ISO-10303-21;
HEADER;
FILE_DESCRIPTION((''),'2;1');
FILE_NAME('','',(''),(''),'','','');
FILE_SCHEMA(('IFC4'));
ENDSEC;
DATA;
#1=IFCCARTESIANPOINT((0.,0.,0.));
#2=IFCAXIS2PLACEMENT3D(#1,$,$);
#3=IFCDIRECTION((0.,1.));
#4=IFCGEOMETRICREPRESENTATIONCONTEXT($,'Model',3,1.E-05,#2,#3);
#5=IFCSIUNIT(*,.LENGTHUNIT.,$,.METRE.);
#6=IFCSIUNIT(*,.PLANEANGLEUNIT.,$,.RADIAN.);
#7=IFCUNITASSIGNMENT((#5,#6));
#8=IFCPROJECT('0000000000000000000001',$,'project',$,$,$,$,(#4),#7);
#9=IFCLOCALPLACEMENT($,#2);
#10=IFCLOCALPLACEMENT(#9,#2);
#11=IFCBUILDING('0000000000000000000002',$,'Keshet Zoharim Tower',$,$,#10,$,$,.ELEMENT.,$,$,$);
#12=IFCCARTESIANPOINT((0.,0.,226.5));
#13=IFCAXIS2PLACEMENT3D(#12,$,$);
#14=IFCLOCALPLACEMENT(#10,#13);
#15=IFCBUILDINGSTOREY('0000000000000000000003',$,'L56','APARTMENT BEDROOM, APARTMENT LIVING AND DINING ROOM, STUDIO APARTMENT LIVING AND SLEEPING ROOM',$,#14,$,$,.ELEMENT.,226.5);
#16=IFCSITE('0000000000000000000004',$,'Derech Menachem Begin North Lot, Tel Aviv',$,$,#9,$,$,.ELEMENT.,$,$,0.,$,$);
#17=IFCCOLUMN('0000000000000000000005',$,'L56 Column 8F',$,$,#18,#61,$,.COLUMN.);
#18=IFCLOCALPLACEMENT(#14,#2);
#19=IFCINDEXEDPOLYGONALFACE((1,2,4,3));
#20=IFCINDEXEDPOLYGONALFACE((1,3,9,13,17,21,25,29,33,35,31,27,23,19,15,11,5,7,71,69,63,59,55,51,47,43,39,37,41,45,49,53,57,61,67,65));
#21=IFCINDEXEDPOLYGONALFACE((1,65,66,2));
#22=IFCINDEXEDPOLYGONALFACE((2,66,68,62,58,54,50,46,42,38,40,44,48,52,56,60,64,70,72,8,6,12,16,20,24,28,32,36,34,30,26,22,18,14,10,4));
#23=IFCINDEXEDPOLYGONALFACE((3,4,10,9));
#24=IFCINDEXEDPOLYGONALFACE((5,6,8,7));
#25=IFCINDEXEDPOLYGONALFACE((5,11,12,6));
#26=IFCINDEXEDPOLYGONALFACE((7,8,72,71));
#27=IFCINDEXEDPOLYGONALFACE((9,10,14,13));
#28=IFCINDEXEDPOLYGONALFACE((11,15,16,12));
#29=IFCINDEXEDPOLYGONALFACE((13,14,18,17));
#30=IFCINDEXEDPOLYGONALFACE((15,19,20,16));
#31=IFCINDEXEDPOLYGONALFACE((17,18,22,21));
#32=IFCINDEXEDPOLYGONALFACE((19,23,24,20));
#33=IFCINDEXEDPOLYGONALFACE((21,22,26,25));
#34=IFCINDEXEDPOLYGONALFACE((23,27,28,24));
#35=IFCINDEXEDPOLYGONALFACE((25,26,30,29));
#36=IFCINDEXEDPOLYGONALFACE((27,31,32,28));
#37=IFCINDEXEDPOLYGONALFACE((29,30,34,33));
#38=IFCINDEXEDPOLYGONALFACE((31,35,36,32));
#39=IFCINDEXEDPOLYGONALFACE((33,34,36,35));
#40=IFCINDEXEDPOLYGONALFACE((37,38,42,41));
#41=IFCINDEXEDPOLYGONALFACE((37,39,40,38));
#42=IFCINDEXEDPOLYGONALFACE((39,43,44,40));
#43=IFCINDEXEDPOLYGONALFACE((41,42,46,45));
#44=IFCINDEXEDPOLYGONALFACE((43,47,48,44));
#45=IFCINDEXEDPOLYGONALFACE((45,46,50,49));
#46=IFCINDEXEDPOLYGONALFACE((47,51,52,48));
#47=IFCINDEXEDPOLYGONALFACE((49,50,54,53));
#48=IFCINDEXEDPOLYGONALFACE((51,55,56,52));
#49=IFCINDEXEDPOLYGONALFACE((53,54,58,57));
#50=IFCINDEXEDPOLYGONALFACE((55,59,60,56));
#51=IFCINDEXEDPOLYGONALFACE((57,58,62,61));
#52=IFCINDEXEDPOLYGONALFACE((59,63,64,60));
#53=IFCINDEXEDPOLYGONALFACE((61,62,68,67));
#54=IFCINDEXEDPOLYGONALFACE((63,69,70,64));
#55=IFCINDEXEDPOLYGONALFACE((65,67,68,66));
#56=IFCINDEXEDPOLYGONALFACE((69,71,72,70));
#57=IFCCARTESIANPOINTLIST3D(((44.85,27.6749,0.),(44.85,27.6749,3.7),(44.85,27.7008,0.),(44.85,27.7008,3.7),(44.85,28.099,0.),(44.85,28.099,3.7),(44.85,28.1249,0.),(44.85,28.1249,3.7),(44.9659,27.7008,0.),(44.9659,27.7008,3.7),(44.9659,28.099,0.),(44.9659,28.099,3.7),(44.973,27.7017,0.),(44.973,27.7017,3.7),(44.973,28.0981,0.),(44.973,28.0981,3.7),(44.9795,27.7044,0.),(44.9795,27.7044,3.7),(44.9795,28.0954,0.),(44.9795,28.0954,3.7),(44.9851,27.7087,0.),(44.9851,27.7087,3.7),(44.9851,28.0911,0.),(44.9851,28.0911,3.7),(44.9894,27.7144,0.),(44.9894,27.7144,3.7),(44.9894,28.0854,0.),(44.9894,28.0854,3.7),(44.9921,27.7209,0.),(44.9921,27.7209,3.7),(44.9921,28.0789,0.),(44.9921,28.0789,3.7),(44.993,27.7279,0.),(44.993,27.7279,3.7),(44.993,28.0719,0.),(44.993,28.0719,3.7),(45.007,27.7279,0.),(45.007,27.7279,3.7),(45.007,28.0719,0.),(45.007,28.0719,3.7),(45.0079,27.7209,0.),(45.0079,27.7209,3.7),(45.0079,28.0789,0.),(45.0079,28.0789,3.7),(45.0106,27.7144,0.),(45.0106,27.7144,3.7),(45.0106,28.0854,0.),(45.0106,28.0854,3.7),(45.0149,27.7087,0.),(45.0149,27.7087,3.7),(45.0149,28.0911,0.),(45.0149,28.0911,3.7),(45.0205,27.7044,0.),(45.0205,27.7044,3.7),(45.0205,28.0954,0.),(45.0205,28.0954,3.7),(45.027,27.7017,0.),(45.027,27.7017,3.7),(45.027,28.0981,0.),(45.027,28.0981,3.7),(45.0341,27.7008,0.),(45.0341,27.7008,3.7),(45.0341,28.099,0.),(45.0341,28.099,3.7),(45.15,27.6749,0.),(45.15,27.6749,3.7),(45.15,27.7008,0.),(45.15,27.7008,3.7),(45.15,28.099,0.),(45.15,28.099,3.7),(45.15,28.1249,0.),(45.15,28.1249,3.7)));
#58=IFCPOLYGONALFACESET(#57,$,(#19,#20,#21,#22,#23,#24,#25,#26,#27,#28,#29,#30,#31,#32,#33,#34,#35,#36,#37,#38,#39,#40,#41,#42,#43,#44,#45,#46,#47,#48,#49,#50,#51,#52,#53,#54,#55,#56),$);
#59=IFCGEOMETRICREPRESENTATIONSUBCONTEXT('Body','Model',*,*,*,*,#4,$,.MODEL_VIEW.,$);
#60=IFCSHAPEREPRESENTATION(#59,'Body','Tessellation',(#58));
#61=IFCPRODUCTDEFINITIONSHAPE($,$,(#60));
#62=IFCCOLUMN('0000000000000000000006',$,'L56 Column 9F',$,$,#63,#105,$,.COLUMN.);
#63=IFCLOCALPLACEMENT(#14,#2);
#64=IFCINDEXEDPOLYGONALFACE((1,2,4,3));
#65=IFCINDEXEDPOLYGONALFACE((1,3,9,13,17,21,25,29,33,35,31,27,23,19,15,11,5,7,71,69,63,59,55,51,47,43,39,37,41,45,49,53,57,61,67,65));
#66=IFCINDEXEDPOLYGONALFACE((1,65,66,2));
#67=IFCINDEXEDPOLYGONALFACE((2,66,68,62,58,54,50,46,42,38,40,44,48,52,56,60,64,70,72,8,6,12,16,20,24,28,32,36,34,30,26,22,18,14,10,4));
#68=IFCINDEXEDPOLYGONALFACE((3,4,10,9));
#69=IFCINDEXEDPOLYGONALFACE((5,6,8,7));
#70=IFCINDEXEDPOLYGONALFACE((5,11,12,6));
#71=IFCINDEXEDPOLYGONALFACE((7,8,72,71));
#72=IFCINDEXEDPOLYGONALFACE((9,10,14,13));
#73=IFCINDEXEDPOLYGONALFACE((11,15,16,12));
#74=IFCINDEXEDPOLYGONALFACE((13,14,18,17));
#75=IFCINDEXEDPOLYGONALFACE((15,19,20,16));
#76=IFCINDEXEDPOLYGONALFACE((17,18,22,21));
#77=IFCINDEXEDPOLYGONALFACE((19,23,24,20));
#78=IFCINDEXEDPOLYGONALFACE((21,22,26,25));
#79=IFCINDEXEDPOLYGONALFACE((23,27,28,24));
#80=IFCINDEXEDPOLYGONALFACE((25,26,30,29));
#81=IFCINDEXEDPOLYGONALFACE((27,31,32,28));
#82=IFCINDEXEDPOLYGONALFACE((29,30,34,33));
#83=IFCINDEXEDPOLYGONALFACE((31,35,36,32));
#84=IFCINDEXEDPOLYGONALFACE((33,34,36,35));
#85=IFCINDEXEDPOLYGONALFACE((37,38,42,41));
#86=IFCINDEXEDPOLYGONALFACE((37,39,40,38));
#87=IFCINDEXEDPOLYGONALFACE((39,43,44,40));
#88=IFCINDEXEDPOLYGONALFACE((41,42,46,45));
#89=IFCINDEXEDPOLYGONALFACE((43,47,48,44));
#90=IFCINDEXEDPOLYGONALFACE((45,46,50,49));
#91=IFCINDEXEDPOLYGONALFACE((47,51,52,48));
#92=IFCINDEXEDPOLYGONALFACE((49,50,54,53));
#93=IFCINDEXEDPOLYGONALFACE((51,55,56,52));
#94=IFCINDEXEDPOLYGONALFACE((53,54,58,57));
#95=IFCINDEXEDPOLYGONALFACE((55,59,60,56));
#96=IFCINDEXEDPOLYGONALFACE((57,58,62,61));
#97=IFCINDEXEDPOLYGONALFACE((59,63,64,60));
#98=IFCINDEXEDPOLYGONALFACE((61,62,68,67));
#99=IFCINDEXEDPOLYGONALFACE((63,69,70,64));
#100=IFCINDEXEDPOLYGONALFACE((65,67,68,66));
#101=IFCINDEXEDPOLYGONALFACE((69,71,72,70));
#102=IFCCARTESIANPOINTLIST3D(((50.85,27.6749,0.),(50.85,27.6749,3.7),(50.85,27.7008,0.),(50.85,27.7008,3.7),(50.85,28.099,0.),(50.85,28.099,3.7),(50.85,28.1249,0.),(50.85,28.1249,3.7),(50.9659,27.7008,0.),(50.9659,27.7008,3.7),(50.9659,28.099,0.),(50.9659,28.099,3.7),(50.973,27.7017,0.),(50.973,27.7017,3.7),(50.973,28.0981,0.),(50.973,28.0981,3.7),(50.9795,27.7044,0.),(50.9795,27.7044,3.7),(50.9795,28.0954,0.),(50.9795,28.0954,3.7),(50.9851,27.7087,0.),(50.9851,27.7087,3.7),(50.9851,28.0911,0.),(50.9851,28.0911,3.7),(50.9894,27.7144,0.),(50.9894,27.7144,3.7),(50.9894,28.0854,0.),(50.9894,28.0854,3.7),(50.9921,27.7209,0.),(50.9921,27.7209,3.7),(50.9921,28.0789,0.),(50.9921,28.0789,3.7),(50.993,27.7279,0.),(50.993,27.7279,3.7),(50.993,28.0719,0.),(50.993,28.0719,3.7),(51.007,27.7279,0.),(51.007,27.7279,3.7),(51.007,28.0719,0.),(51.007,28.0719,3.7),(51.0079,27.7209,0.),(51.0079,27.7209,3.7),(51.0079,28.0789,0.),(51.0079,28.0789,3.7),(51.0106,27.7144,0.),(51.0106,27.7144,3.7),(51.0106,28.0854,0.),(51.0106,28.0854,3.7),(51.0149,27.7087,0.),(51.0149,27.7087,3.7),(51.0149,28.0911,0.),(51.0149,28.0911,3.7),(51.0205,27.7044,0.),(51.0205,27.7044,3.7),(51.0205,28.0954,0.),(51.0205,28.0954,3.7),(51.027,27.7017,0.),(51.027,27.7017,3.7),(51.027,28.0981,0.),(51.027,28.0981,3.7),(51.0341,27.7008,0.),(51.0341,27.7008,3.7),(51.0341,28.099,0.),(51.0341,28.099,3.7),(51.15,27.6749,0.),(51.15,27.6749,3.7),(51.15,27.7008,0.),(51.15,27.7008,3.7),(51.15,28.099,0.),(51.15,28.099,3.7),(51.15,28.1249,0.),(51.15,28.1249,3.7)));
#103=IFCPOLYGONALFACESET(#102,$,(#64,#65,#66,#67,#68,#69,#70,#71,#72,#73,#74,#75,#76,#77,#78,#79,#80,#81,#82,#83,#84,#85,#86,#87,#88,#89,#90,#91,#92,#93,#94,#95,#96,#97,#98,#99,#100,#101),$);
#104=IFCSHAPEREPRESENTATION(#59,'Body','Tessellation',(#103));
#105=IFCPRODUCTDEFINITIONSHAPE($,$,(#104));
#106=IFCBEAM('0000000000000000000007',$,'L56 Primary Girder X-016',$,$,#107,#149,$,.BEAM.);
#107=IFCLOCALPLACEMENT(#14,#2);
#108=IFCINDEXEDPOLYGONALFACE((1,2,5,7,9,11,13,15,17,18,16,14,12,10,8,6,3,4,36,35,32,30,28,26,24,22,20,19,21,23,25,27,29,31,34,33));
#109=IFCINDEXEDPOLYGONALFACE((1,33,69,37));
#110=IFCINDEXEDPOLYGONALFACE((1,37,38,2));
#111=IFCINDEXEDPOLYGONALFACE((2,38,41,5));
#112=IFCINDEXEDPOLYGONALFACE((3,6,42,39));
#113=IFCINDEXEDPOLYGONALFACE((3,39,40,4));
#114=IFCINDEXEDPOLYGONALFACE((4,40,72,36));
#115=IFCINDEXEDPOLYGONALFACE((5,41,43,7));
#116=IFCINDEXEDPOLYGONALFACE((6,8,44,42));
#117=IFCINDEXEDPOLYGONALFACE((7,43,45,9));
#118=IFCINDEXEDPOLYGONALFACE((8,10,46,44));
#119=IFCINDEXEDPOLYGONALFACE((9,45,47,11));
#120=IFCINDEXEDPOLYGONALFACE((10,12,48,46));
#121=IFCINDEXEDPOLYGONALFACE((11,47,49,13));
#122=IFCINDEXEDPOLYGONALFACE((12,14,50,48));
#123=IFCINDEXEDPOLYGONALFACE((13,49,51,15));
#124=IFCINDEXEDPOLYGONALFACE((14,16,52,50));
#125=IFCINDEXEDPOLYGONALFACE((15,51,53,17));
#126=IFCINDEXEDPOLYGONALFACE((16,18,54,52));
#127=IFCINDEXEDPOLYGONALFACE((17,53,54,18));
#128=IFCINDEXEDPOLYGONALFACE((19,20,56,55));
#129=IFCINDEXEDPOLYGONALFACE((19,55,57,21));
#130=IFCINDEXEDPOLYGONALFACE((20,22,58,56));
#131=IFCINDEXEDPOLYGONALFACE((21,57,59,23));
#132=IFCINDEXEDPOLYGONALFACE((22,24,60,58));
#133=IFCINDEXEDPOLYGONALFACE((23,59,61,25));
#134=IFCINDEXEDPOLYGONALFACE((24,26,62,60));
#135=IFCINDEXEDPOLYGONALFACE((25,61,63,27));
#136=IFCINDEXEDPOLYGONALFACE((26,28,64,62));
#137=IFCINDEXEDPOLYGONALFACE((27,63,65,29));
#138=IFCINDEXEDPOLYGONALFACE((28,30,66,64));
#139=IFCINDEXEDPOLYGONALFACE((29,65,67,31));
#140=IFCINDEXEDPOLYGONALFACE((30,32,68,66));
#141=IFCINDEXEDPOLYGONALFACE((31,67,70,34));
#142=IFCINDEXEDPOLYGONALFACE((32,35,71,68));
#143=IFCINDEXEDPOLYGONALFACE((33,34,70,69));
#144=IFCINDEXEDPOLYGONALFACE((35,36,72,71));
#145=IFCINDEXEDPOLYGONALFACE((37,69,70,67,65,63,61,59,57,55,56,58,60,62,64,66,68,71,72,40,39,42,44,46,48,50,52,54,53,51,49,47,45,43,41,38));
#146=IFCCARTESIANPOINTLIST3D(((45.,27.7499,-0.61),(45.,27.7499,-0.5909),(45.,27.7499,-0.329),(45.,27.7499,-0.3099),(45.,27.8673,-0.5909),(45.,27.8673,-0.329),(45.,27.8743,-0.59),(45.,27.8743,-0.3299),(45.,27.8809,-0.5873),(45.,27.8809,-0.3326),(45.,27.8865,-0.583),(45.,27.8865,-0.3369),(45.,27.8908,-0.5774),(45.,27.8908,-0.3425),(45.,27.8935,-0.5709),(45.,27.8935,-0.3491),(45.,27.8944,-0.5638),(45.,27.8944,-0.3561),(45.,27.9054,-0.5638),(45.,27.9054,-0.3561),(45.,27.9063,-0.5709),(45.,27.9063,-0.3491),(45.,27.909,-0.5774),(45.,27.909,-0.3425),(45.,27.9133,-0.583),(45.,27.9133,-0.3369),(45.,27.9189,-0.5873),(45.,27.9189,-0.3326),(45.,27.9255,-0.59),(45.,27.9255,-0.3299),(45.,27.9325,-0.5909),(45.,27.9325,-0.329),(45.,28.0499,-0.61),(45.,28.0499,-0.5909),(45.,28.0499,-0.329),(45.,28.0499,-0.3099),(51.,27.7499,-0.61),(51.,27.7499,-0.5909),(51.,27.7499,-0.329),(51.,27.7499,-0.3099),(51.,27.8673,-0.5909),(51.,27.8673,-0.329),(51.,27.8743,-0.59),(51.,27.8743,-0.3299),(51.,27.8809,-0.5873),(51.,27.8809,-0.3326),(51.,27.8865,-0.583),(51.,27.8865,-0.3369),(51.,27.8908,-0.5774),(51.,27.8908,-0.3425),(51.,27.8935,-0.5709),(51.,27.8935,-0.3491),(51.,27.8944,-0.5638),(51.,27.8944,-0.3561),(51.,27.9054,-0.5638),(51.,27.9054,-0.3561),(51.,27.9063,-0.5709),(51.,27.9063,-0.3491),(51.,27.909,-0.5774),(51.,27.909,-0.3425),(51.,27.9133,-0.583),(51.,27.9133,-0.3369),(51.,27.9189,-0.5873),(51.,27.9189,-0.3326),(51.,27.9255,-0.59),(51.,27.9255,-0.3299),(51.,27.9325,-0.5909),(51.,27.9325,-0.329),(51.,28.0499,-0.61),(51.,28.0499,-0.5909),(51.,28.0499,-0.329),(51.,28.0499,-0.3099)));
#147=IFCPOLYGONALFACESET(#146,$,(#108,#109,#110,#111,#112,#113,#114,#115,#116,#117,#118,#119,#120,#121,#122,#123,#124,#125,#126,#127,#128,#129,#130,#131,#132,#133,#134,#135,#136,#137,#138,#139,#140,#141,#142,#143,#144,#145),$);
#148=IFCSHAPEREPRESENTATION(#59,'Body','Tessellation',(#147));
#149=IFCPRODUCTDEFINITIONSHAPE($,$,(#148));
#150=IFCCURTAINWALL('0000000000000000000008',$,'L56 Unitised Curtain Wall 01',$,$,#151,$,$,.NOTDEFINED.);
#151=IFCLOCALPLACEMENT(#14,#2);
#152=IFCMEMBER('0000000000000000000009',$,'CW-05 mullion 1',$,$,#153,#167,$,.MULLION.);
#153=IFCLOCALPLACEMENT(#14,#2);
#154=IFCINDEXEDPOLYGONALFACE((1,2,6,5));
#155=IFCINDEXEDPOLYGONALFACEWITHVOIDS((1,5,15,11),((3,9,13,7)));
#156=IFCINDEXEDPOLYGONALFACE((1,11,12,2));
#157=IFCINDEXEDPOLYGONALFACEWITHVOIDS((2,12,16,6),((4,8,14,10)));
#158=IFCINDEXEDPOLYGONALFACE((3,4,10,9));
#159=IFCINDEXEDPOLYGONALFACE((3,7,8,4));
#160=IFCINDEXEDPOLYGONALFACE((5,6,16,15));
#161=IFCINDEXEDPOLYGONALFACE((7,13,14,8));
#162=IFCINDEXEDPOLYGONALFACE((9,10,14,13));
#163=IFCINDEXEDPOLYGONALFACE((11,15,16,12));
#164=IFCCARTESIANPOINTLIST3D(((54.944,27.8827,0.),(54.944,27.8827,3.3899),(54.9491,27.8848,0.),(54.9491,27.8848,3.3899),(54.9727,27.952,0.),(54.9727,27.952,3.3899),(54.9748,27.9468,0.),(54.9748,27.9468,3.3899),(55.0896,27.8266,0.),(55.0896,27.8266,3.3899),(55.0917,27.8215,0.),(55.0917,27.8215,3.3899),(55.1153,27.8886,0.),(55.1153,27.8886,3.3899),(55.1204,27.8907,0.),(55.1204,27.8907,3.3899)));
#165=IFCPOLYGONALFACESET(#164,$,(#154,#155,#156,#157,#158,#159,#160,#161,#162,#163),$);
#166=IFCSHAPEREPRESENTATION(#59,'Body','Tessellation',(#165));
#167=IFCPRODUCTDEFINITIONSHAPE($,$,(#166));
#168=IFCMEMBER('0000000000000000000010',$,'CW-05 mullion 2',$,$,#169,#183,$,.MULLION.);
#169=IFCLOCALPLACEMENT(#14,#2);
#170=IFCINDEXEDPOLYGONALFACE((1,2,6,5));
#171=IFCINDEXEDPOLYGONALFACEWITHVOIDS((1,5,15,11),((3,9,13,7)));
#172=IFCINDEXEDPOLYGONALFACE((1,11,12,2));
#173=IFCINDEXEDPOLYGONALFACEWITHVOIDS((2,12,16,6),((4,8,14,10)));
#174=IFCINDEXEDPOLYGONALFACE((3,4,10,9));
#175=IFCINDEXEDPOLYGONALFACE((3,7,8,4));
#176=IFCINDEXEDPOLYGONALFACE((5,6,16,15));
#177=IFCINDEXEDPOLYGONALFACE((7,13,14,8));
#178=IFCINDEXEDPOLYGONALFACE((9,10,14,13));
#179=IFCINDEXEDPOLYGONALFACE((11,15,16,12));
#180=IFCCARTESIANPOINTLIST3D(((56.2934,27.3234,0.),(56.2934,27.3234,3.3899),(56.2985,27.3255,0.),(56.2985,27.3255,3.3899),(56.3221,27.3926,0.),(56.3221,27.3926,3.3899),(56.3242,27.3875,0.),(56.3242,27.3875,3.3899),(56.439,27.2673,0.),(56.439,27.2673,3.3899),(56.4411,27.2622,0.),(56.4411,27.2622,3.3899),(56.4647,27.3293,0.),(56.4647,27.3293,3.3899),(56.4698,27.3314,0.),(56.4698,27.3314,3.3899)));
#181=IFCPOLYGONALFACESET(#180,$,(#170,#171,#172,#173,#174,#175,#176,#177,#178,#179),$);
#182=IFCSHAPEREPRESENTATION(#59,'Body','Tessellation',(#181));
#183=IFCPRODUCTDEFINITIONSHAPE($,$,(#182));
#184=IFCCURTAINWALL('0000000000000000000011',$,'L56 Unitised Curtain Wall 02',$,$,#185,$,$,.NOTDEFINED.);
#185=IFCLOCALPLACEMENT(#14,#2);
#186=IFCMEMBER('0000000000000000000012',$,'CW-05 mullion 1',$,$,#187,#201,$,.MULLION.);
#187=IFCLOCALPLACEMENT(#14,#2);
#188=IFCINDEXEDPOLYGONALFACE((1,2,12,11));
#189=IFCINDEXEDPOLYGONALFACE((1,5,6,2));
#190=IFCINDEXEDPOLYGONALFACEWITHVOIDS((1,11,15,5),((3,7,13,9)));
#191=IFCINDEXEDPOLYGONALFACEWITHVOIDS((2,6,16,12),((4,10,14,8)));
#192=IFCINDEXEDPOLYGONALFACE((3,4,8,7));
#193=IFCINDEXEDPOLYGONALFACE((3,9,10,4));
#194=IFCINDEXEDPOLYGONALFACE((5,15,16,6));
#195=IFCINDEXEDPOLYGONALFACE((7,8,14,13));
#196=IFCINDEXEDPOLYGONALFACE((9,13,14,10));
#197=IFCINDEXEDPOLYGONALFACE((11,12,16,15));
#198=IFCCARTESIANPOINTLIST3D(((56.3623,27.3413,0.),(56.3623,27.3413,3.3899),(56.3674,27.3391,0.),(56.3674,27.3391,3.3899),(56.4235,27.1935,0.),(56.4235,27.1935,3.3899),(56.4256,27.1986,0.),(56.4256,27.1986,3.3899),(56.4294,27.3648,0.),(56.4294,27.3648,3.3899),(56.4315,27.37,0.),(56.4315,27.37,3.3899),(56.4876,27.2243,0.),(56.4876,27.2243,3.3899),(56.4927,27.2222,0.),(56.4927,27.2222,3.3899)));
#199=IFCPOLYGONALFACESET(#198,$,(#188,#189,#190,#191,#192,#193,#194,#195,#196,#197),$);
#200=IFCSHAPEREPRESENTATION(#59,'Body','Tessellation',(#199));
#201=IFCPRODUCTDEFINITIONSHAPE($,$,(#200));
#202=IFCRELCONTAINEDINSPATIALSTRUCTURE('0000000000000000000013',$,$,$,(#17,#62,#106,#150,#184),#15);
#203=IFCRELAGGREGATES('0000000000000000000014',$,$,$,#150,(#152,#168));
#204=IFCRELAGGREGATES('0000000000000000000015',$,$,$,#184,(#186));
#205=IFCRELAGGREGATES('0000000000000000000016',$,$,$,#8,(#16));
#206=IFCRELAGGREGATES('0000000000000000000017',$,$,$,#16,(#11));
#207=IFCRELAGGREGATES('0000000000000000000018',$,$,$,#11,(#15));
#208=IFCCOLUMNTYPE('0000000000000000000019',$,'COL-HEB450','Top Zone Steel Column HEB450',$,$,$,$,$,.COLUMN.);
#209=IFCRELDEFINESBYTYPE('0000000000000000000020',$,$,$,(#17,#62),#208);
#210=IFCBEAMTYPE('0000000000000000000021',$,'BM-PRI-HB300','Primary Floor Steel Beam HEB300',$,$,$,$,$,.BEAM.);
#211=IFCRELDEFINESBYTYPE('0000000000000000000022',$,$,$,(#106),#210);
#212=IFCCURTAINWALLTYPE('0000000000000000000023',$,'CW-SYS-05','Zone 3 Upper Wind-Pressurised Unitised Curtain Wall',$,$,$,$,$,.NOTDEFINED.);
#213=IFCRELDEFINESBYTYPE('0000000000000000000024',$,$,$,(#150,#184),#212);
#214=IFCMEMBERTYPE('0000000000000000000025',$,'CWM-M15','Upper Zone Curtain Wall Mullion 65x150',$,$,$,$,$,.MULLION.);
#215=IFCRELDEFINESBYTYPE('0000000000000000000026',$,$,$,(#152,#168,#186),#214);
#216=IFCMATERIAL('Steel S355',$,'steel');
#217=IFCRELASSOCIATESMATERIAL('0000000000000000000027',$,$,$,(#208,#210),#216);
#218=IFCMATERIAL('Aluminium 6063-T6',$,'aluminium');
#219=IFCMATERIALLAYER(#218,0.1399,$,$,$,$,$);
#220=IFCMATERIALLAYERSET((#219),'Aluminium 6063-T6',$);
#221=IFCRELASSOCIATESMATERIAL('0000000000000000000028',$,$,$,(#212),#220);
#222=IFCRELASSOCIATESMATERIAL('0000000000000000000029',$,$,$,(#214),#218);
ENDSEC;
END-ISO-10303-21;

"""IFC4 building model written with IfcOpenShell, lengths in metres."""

from ifc_helpers import new_model, si_unit, direction, frame, origin, origin_2d, place, context, subcontext, project, spatial, hollow_rectangle, i_section, extrude, material, layer, layer_set, material_profile, profile_set, type_object, element, aggregate, save


model = new_model("IFC4")

# Units and contexts
model_context = context("Model", 3, precision=1e-05, world=origin(), true_north=direction((0.0, 1.0)))
body_context = subcontext(model_context, "Body", "Model", "MODEL_VIEW")
ifc_project = project(units=[si_unit("LENGTHUNIT", "METRE"), si_unit("PLANEANGLEUNIT", "RADIAN")], contexts=[model_context])

# Site, building, storey
site_placement = place(None, origin())
site = spatial("IfcSite", under=ifc_project, at=site_placement, Name="Derech Menachem Begin North Lot, Tel Aviv", CompositionType="ELEMENT", RefElevation=0.0)
building_placement = place(site_placement, origin())
building = spatial("IfcBuilding", under=site, at=building_placement, Name="Keshet Zoharim Tower", CompositionType="ELEMENT")
storey_placement = place(building_placement, frame((0.0, 0.0, 226.5)))
storey = spatial("IfcBuildingStorey", under=building, at=storey_placement, Name="L56", Description="APARTMENT BEDROOM, APARTMENT LIVING AND DINING ROOM, STUDIO APARTMENT LIVING AND SLEEPING ROOM", CompositionType="ELEMENT", Elevation=226.5)

# Columns
ifc_material_1 = material(Name="Steel S355", Category="steel")
ifc_material_profile_1 = material_profile(ifc_material_1, i_section(OverallWidth=0.3, OverallDepth=0.45, WebThickness=0.0139, FlangeThickness=0.0259, FilletRadius=0.0271, at=origin_2d()), Name="HEB450")
ifc_profile_set_1 = profile_set([ifc_material_profile_1], Name="Steel S355")
column_type = type_object("IfcColumnType", Name="COL-HEB450", Description="Top Zone Steel Column HEB450", PredefinedType="COLUMN", material=ifc_profile_set_1)
for number, where, z_axis, x_axis, name in (
    (1, (45.0, 27.8999, 0.0), (0.0, 0.0, 1.0), (1.0, 0.0, 0.0), "L56 Column 8F"),
    (2, (51.0, 27.8999, 0.0), (0.0, 0.0, 1.0), (1.0, 0.0, 0.0), "L56 Column 9F"),
):
    element("IfcColumn", number, at=place(storey_placement, frame(where, z_axis=z_axis, x_axis=x_axis)), inside=storey, type_object=column_type, Name=name, PredefinedType="COLUMN", context=body_context, shape_type="SweptSolid", body=[
        extrude(i_section(OverallWidth=0.3, OverallDepth=0.45, WebThickness=0.0139, FlangeThickness=0.0259, FilletRadius=0.0271, at=origin_2d()), origin(), (0.0, 0.0, 1.0), 3.7),
    ])

# Beam
ifc_material_profile_2 = material_profile(ifc_material_1, i_section(OverallWidth=0.3, OverallDepth=0.3, WebThickness=0.011, FlangeThickness=0.019, FilletRadius=0.0271, at=origin_2d()), Name="HEB300")
ifc_profile_set_2 = profile_set([ifc_material_profile_2], Name="Steel S355")
beam_type = type_object("IfcBeamType", Name="BM-PRI-HB300", Description="Primary Floor Steel Beam HEB300", PredefinedType="BEAM", material=ifc_profile_set_2)
beam_placement = place(storey_placement, frame((45.0, 27.8999, -0.46), z_axis=(1.0, 0.0, 0.0), x_axis=(0.0, 1.0, 0.0)))
element("IfcBeam", 3, at=beam_placement, inside=storey, type_object=beam_type, Name="L56 Primary Girder X-016", PredefinedType="BEAM", context=body_context, shape_type="SweptSolid", body=[
    extrude(i_section(OverallWidth=0.3, OverallDepth=0.3, WebThickness=0.011, FlangeThickness=0.019, FilletRadius=0.0271, at=origin_2d()), origin(), (0.0, 0.0, 1.0), 6.0),
])

# Curtain walls, members
ifc_material_2 = material(Name="Aluminium 6063-T6", Category="aluminium")
ifc_layer_1 = layer(ifc_material_2, 0.1399)
ifc_layer_set_1 = layer_set([ifc_layer_1], Name="Aluminium 6063-T6")
curtain_wall_type = type_object("IfcCurtainWallType", Name="CW-SYS-05", Description="Zone 3 Upper Wind-Pressurised Unitised Curtain Wall", PredefinedType="NOTDEFINED", material=ifc_layer_set_1)
curtain_wall_1_placement = place(storey_placement, origin())
curtain_wall_1 = element("IfcCurtainWall", 4, at=curtain_wall_1_placement, inside=storey, type_object=curtain_wall_type, Name="L56 Unitised Curtain Wall 01", PredefinedType="NOTDEFINED")
ifc_material_profile_3 = material_profile(ifc_material_2, hollow_rectangle(XDim=0.075, YDim=0.1599, WallThickness=0.0039, at=origin_2d()), Name="MUL-75x160")
ifc_profile_set_3 = profile_set([ifc_material_profile_3], Name="Aluminium 6063-T6")
member_type_1 = type_object("IfcMemberType", Name="CWM-M15", Description="Upper Zone Curtain Wall Mullion 65x150", PredefinedType="MULLION", material=ifc_profile_set_3)
member_1_placement = place(storey_placement, frame((55.0322, 27.8867, 0.0), z_axis=(0.0, 0.0, 1.0), x_axis=(0.382852, 0.92381, 0.0)))
member_1 = element("IfcMember", 5, at=member_1_placement, type_object=member_type_1, Name="CW-05 mullion 1", PredefinedType="MULLION", context=body_context, shape_type="SweptSolid", body=[
    extrude(hollow_rectangle(XDim=0.075, YDim=0.1599, WallThickness=0.0039, at=origin_2d()), origin(), (0.0, 0.0, 1.0), 3.3899),
])
member_2_placement = place(storey_placement, frame((56.3816, 27.3274, 0.0), z_axis=(0.0, 0.0, 1.0), x_axis=(0.382852, 0.92381, 0.0)))
member_2 = element("IfcMember", 6, at=member_2_placement, type_object=member_type_1, Name="CW-05 mullion 2", PredefinedType="MULLION", context=body_context, shape_type="SweptSolid", body=[
    extrude(hollow_rectangle(XDim=0.075, YDim=0.1599, WallThickness=0.0039, at=origin_2d()), origin(), (0.0, 0.0, 1.0), 3.3899),
])
curtain_wall_2_placement = place(storey_placement, origin())
curtain_wall_2 = element("IfcCurtainWall", 7, at=curtain_wall_2_placement, inside=storey, type_object=curtain_wall_type, Name="L56 Unitised Curtain Wall 02", PredefinedType="NOTDEFINED")
member_3_placement = place(storey_placement, frame((56.4275, 27.2817, 0.0), z_axis=(0.0, 0.0, 1.0), x_axis=(0.92381, 0.382852, 0.0)))
member_3 = element("IfcMember", 8, at=member_3_placement, type_object=member_type_1, Name="CW-05 mullion 1", PredefinedType="MULLION", context=body_context, shape_type="SweptSolid", body=[
    extrude(hollow_rectangle(XDim=0.075, YDim=0.1599, WallThickness=0.0039, at=origin_2d()), origin(), (0.0, 0.0, 1.0), 3.3899),
])

aggregate(curtain_wall_1, [member_1, member_2])
aggregate(curtain_wall_2, [member_3])

save(model, "model.ifc")
